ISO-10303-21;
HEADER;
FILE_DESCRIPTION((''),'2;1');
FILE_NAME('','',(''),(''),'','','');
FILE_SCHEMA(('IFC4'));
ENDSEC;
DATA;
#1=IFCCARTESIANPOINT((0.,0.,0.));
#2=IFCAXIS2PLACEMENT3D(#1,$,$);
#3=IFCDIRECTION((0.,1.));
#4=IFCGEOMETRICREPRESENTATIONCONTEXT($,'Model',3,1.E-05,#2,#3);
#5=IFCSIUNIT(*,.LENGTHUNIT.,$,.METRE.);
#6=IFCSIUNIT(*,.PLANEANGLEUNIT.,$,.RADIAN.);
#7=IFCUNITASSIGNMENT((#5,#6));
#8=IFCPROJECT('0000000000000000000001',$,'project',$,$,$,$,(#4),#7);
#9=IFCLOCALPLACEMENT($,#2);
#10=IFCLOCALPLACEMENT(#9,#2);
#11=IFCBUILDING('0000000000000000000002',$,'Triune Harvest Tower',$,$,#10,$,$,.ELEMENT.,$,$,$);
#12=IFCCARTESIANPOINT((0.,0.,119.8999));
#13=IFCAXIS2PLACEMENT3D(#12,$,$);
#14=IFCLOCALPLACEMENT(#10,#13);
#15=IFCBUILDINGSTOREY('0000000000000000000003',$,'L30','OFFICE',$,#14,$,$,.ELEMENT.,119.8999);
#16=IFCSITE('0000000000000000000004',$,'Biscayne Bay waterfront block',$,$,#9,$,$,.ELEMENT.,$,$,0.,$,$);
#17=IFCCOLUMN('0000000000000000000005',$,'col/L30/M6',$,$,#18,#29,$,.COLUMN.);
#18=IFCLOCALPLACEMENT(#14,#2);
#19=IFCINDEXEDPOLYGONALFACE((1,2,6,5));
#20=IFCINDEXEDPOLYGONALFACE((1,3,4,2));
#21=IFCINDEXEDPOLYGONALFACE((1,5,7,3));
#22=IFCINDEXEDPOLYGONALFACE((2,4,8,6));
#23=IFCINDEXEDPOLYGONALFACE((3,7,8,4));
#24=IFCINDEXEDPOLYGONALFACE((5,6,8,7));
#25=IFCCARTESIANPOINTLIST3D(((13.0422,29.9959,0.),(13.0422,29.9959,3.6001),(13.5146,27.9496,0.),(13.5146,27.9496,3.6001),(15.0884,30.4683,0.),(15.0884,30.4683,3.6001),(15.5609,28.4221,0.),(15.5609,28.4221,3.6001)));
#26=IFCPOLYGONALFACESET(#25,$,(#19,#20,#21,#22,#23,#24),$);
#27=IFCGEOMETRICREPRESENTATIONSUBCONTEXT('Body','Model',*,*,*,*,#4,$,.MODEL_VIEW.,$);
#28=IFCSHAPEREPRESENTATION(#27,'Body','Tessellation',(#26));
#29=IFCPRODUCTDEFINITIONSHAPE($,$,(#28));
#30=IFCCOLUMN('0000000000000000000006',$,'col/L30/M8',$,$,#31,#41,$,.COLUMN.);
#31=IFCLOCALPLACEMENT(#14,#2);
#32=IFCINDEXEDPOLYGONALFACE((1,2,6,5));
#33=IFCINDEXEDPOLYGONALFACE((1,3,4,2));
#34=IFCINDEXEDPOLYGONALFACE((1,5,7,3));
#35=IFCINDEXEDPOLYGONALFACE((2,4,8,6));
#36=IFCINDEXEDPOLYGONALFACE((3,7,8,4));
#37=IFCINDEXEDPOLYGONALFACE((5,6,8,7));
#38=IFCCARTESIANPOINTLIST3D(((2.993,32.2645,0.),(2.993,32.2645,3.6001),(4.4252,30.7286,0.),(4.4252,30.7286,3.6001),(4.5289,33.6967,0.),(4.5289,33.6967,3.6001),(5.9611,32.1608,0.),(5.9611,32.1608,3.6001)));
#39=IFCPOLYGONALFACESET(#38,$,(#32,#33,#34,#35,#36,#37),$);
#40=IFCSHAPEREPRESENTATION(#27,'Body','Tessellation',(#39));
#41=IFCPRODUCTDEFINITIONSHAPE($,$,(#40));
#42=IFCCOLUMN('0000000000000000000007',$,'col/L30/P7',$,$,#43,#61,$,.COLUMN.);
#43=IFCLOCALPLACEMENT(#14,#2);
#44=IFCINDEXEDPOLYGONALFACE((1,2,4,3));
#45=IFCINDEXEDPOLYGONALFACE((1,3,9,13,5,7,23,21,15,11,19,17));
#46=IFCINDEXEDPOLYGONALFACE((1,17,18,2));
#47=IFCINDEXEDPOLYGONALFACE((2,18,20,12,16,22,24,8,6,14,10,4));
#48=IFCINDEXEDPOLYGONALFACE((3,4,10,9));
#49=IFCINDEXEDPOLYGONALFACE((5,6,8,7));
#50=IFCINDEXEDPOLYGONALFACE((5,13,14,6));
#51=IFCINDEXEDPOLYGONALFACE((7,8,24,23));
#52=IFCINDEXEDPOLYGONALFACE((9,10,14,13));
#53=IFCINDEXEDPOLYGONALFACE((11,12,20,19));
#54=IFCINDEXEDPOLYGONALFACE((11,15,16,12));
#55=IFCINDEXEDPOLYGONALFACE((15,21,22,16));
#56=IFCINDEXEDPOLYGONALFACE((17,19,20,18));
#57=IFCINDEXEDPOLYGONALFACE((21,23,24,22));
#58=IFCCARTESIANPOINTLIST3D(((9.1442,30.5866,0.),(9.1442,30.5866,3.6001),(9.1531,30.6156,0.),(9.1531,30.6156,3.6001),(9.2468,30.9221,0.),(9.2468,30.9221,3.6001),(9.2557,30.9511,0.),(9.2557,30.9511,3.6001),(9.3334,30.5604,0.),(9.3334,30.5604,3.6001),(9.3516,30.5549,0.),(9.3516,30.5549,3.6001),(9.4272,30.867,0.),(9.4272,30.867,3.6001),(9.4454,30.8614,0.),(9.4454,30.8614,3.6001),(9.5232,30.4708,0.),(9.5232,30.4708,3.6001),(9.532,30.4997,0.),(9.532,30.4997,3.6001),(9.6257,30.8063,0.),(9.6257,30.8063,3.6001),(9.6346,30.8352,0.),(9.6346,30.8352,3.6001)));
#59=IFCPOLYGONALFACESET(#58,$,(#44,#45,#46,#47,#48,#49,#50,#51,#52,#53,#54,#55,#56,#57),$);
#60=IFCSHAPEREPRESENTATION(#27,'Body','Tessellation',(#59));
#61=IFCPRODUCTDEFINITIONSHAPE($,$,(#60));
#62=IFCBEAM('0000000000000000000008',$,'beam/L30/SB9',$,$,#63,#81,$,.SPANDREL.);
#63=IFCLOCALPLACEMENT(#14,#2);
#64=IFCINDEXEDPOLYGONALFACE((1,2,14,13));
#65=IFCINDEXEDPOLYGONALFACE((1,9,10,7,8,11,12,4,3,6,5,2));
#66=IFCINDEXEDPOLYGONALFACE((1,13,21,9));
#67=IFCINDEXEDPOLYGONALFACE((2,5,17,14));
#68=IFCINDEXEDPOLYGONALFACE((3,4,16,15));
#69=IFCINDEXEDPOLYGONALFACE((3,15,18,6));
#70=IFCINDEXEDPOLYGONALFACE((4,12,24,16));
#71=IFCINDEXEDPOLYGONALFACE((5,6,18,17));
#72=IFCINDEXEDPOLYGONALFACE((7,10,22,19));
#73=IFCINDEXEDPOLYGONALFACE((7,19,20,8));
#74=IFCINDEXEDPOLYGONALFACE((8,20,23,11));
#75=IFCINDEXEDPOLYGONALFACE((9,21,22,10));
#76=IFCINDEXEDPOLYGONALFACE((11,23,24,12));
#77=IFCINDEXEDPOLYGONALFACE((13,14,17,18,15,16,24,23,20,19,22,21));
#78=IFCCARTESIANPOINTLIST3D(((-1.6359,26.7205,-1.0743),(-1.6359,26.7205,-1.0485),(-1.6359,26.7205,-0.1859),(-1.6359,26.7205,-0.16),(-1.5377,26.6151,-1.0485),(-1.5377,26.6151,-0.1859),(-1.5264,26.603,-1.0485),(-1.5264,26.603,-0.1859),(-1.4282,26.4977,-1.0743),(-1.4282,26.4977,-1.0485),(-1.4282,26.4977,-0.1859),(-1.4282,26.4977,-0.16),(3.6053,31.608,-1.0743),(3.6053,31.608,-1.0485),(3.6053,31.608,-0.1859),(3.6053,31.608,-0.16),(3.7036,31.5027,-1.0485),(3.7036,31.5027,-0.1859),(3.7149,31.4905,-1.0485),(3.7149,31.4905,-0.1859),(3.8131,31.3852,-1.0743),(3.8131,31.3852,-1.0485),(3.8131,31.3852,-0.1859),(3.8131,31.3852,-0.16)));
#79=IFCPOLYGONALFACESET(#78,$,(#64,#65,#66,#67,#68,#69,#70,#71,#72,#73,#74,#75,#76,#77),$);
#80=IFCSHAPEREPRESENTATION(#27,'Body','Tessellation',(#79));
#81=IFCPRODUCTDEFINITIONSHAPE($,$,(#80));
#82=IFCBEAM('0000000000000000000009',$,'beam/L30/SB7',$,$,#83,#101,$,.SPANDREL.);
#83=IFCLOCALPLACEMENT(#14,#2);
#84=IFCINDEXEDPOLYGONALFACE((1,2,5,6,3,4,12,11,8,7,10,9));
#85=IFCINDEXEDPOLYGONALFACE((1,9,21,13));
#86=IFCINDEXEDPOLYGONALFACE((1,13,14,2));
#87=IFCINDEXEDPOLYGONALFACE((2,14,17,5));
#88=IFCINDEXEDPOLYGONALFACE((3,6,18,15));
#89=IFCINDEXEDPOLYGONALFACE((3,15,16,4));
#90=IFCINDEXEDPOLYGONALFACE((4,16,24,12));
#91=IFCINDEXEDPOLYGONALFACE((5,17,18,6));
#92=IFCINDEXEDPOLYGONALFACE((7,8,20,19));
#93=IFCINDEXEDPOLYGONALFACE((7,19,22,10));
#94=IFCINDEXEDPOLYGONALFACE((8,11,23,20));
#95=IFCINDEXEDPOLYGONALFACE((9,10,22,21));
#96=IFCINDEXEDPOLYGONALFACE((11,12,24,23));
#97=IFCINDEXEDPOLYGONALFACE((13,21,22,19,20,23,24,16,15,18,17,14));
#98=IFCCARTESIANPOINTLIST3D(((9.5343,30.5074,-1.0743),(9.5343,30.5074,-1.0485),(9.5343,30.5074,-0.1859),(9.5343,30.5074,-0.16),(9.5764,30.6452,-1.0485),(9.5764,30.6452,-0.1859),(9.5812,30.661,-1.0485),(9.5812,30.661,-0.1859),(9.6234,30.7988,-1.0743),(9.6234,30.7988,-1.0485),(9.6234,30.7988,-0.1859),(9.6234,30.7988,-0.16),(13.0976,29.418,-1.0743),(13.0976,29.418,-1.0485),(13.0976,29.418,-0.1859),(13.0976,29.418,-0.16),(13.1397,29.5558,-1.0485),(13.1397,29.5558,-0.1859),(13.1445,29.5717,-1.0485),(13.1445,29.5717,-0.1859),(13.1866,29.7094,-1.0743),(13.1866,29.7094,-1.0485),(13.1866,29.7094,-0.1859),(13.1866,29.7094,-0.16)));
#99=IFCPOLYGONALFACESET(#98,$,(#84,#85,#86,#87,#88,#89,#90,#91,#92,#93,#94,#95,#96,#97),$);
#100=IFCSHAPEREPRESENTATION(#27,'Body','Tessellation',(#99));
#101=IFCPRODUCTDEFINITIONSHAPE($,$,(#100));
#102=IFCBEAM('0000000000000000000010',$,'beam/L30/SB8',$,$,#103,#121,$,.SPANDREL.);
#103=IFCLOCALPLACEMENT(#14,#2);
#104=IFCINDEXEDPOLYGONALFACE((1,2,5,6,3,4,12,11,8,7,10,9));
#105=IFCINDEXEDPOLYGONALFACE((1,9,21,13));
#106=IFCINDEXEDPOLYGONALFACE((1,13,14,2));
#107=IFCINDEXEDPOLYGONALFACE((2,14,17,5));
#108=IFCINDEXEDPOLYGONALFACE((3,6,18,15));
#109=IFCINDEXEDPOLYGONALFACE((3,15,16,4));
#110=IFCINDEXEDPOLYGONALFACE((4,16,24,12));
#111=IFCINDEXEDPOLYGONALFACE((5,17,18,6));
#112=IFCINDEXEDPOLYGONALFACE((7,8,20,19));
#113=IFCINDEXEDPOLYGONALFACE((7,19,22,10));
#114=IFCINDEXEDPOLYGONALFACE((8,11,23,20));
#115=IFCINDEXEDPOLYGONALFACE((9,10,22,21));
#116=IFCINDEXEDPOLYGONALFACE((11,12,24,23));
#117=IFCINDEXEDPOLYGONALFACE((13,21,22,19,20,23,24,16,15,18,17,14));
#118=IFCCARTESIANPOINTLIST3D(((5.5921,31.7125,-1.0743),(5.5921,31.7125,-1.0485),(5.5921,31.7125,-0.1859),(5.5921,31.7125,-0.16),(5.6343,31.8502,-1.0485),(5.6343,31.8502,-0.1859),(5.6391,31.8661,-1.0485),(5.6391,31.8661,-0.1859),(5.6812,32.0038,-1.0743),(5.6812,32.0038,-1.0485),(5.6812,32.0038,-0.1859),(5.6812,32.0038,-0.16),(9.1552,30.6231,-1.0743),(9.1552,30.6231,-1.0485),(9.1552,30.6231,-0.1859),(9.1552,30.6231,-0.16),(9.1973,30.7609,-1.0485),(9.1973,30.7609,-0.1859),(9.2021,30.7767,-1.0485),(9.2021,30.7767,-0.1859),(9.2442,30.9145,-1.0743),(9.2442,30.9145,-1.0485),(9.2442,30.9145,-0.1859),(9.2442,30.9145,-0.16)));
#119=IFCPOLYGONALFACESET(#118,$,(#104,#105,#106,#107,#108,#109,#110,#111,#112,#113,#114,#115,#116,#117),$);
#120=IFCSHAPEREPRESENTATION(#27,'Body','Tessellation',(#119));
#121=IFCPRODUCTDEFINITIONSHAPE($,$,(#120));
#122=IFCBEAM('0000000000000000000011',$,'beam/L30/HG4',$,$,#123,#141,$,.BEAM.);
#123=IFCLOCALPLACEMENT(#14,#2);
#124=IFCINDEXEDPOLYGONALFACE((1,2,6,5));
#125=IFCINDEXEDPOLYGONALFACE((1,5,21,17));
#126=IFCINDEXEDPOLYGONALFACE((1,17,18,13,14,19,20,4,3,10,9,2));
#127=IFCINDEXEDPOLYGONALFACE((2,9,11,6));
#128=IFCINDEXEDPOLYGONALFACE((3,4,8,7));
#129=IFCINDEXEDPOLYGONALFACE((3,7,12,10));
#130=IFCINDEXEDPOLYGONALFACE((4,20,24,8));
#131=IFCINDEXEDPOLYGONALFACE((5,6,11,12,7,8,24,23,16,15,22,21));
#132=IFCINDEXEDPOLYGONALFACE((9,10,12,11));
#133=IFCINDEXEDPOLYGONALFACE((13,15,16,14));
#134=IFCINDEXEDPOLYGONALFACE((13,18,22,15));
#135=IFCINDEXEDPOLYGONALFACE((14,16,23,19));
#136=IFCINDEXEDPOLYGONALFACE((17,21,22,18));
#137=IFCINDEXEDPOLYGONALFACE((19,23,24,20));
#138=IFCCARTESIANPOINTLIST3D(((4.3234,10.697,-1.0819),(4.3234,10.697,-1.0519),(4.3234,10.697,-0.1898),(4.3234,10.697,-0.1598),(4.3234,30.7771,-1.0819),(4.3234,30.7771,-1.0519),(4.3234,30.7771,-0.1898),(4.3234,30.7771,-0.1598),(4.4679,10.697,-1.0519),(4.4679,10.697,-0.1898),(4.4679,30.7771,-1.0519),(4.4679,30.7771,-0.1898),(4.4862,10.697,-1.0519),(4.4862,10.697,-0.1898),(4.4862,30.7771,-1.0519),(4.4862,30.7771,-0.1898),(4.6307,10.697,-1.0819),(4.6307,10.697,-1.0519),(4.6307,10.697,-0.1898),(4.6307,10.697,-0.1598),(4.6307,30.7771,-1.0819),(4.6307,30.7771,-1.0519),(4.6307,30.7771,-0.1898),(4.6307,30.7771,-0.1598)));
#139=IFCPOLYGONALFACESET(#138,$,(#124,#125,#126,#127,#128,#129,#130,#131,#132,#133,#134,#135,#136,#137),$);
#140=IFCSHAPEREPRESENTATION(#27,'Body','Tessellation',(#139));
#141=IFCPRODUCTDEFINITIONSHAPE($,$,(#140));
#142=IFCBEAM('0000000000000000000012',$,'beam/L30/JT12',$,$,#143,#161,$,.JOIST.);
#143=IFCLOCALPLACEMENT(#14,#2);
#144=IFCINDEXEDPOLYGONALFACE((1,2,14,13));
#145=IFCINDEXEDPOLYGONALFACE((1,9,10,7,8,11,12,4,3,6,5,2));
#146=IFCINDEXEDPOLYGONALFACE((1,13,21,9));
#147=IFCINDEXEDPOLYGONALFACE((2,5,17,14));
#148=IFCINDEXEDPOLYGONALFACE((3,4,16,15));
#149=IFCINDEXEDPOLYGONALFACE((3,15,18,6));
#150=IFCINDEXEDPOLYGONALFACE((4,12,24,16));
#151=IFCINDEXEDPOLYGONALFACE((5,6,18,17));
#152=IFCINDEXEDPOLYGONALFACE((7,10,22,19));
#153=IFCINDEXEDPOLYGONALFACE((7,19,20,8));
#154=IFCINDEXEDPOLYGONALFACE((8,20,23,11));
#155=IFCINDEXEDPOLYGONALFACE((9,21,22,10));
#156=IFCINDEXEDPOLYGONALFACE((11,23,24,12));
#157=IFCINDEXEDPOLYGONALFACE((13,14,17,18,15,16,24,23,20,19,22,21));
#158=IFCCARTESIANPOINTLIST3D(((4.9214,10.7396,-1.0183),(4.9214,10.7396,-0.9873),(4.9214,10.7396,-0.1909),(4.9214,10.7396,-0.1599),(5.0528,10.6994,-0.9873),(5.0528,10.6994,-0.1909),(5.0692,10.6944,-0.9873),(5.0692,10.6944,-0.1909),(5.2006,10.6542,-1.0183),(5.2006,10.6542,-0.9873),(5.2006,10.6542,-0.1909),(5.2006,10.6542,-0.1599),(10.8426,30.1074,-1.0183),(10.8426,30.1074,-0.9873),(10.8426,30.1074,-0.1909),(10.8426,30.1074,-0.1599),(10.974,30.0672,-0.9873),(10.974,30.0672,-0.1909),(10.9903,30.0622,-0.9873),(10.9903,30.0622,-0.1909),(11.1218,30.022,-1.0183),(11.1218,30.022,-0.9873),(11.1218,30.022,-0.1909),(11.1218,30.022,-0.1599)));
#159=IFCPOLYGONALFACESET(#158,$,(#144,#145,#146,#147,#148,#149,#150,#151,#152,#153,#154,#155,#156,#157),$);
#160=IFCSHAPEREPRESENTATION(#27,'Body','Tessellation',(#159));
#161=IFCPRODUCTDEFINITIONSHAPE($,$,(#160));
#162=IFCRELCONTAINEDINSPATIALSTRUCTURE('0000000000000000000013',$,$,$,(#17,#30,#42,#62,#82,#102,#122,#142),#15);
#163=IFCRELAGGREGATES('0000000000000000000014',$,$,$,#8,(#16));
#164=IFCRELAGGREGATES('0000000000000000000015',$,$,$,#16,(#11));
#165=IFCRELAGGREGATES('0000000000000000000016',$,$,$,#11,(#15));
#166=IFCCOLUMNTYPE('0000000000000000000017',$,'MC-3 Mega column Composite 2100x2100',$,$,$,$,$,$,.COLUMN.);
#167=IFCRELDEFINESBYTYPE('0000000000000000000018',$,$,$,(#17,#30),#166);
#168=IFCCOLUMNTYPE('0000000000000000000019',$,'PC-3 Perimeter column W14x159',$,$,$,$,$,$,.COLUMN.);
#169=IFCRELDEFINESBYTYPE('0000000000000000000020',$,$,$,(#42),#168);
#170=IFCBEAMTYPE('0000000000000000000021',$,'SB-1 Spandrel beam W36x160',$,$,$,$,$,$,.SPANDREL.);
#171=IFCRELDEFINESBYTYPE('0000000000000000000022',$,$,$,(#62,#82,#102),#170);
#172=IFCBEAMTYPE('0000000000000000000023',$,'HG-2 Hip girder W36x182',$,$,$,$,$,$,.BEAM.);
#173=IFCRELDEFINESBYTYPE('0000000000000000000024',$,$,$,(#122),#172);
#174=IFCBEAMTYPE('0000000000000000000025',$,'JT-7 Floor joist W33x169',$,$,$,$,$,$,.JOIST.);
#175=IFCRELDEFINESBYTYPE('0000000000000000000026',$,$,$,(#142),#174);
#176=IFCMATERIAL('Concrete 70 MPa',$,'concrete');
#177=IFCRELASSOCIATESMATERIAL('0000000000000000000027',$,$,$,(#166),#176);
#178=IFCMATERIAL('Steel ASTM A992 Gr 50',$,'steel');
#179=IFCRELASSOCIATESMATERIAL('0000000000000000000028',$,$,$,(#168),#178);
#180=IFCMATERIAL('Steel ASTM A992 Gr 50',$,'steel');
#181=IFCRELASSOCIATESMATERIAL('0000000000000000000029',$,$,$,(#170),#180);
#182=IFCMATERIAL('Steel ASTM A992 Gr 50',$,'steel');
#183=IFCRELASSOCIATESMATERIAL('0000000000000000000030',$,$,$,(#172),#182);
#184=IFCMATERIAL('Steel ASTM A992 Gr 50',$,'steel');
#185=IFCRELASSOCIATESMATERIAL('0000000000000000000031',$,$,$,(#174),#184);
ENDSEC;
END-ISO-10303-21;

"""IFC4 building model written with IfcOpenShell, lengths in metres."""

from ifc_helpers import new_model, si_unit, direction, frame, origin, origin_2d, place, context, subcontext, project, spatial, rectangle, i_section, extrude, source, transform, mapped, material, material_profile, profile_set, type_object, element, save


model = new_model("IFC4")

# Units and contexts
model_context = context("Model", 3, precision=1e-05, world=origin(), true_north=direction((0.0, 1.0)))
body_context = subcontext(model_context, "Body", "Model", "MODEL_VIEW")
ifc_project = project(units=[si_unit("LENGTHUNIT", "METRE"), si_unit("PLANEANGLEUNIT", "RADIAN")], contexts=[model_context])

# Site, building, storey
site_placement = place(None, origin())
site = spatial("IfcSite", under=ifc_project, at=site_placement, Name="Biscayne Bay waterfront block", CompositionType="ELEMENT", RefElevation=0.0)
building_placement = place(site_placement, origin())
building = spatial("IfcBuilding", under=site, at=building_placement, Name="Triune Harvest Tower", CompositionType="ELEMENT")
storey_placement = place(building_placement, frame((0.0, 0.0, 119.8999)))
storey = spatial("IfcBuildingStorey", under=building, at=storey_placement, Name="L30", Description="OFFICE", CompositionType="ELEMENT", Elevation=119.8999)

# Columns
ifc_material_1 = material(Name="Concrete 70 MPa", Category="concrete")
ifc_material_profile_1 = material_profile(ifc_material_1, rectangle(XDim=2.1001, YDim=2.1001, at=origin_2d()), Name="Composite 2100x2100")
ifc_profile_set_1 = profile_set([ifc_material_profile_1], Name="Concrete 70 MPa")
column_type_1 = type_object("IfcColumnType", Name="MC-3 Mega column Composite 2100x2100", PredefinedType="COLUMN", material=ifc_profile_set_1)
shared_shape_1 = source(origin(), body_context, "Body", "SweptSolid", [
    extrude(rectangle(XDim=2.1001, YDim=2.1001, at=origin_2d()), origin(), (0.0, 0.0, 1.0), 3.6001),
])
for number, where, z_axis, x_axis, name in (
    (1, (14.3015, 29.209, 0.0), (0.0, 0.0, 1.0), (-0.224953, 0.97437, 0.0), "col/L30/M6"),
    (2, (4.4771, 32.2126, 0.0), (0.0, 0.0, 1.0), (-0.731355, -0.681997, 0.0), "col/L30/M8"),
):
    element("IfcColumn", number, at=place(storey_placement, frame(where, z_axis=z_axis, x_axis=x_axis)), inside=storey, type_object=column_type_1, Name=name, PredefinedType="COLUMN", context=body_context, shape_type="MappedRepresentation", body=[
        mapped(shared_shape_1, transform((0.0, 0.0, 0.0), scale=1.0)),
    ])
ifc_material_2 = material(Name="Steel ASTM A992 Gr 50", Category="steel")
ifc_material_profile_2 = material_profile(ifc_material_2, i_section(OverallWidth=0.3962, OverallDepth=0.3811, WebThickness=0.019, FlangeThickness=0.0303, at=origin_2d()), Name="W14x159")
ifc_profile_set_2 = profile_set([ifc_material_profile_2], Name="Steel ASTM A992 Gr 50")
column_type_2 = type_object("IfcColumnType", Name="PC-3 Perimeter column W14x159", PredefinedType="COLUMN", material=ifc_profile_set_2)
shared_shape_2 = source(origin(), body_context, "Body", "SweptSolid", [
    extrude(i_section(OverallWidth=0.3962, OverallDepth=0.3811, WebThickness=0.019, FlangeThickness=0.0303, at=origin_2d()), origin(), (0.0, 0.0, 1.0), 3.6001),
])
column_placement = place(storey_placement, frame((9.3894, 30.7109, 0.0), z_axis=(0.0, 0.0, 1.0), x_axis=(-0.956305, 0.292372, 0.0)))
element("IfcColumn", 3, at=column_placement, inside=storey, type_object=column_type_2, Name="col/L30/P7", PredefinedType="COLUMN", context=body_context, shape_type="MappedRepresentation", body=[
    mapped(shared_shape_2, transform((0.0, 0.0, 0.0), scale=1.0)),
])

# Beams
ifc_material_3 = material(Name="Steel ASTM A992 Gr 50", Category="steel")
ifc_material_profile_3 = material_profile(ifc_material_3, i_section(OverallWidth=0.3047, OverallDepth=0.9143, WebThickness=0.0166, FlangeThickness=0.0259, at=origin_2d()), Name="W36x160")
ifc_profile_set_3 = profile_set([ifc_material_profile_3], Name="Steel ASTM A992 Gr 50")
beam_type_1 = type_object("IfcBeamType", Name="SB-1 Spandrel beam W36x160", PredefinedType="SPANDREL", material=ifc_profile_set_3)
shared_shape_3 = source(origin(), body_context, "Body", "SweptSolid", [
    extrude(i_section(OverallWidth=0.3047, OverallDepth=0.9143, WebThickness=0.0166, FlangeThickness=0.0259, at=origin_2d()), origin(), (0.0, 0.0, 1.0), 7.1665),
])
beam_1_placement = place(storey_placement, frame((3.7092, 31.4966, -0.6172), z_axis=(-0.731358, -0.681994, 0.0), x_axis=(0.681994, -0.731358, 0.0)))
element("IfcBeam", 4, at=beam_1_placement, inside=storey, type_object=beam_type_1, Name="beam/L30/SB9", PredefinedType="SPANDREL", context=body_context, shape_type="MappedRepresentation", body=[
    mapped(shared_shape_3, transform((0.0, 0.0, 0.0), scale=1.0)),
])
shared_shape_4 = source(origin(), body_context, "Body", "SweptSolid", [
    extrude(i_section(OverallWidth=0.3047, OverallDepth=0.9143, WebThickness=0.0166, FlangeThickness=0.0259, at=origin_2d()), origin(), (0.0, 0.0, 1.0), 3.7261),
])
beam_2_placement = place(storey_placement, frame((13.1421, 29.5637, -0.6172), z_axis=(-0.956307, 0.292363, 0.0), x_axis=(-0.292363, -0.956307, 0.0)))
element("IfcBeam", 5, at=beam_2_placement, inside=storey, type_object=beam_type_1, Name="beam/L30/SB7", PredefinedType="SPANDREL", context=body_context, shape_type="MappedRepresentation", body=[
    mapped(shared_shape_4, transform((0.0, 0.0, 0.0), scale=1.0)),
])
shared_shape_5 = source(origin(), body_context, "Body", "SweptSolid", [
    extrude(i_section(OverallWidth=0.3047, OverallDepth=0.9143, WebThickness=0.0166, FlangeThickness=0.0259, at=origin_2d()), origin(), (0.0, 0.0, 1.0), 3.7258),
])
beam_3_placement = place(storey_placement, frame((9.1997, 30.7688, -0.6172), z_axis=(-0.956302, 0.292382, 0.0), x_axis=(-0.292382, -0.956302, 0.0)))
element("IfcBeam", 6, at=beam_3_placement, inside=storey, type_object=beam_type_1, Name="beam/L30/SB8", PredefinedType="SPANDREL", context=body_context, shape_type="MappedRepresentation", body=[
    mapped(shared_shape_5, transform((0.0, 0.0, 0.0), scale=1.0)),
])
ifc_material_4 = material(Name="Steel ASTM A992 Gr 50", Category="steel")
ifc_material_profile_4 = material_profile(ifc_material_4, i_section(OverallWidth=0.3074, OverallDepth=0.9221, WebThickness=0.0183, FlangeThickness=0.03, at=origin_2d()), Name="W36x182")
ifc_profile_set_4 = profile_set([ifc_material_profile_4], Name="Steel ASTM A992 Gr 50")
beam_type_2 = type_object("IfcBeamType", Name="HG-2 Hip girder W36x182", PredefinedType="BEAM", material=ifc_profile_set_4)
shared_shape_6 = source(origin(), body_context, "Body", "SweptSolid", [
    extrude(i_section(OverallWidth=0.3074, OverallDepth=0.9221, WebThickness=0.0183, FlangeThickness=0.03, at=origin_2d()), origin(), (0.0, 0.0, 1.0), 20.0801),
])
beam_4_placement = place(storey_placement, frame((4.4771, 30.7771, -0.6208), z_axis=(0.0, -1.0, 0.0), x_axis=(1.0, 0.0, 0.0)))
element("IfcBeam", 7, at=beam_4_placement, inside=storey, type_object=beam_type_2, Name="beam/L30/HG4", PredefinedType="BEAM", context=body_context, shape_type="MappedRepresentation", body=[
    mapped(shared_shape_6, transform((0.0, 0.0, 0.0), scale=1.0)),
])
ifc_material_5 = material(Name="Steel ASTM A992 Gr 50", Category="steel")
ifc_material_profile_5 = material_profile(ifc_material_5, i_section(OverallWidth=0.292, OverallDepth=0.8584, WebThickness=0.0171, FlangeThickness=0.031, at=origin_2d()), Name="W33x169")
ifc_profile_set_5 = profile_set([ifc_material_profile_5], Name="Steel ASTM A992 Gr 50")
beam_type_3 = type_object("IfcBeamType", Name="JT-7 Floor joist W33x169", PredefinedType="JOIST", material=ifc_profile_set_5)
shared_shape_7 = source(origin(), body_context, "Body", "SweptSolid", [
    extrude(i_section(OverallWidth=0.292, OverallDepth=0.8584, WebThickness=0.0171, FlangeThickness=0.031, at=origin_2d()), origin(), (0.0, 0.0, 1.0), 20.2527),
])
beam_5_placement = place(storey_placement, frame((10.9822, 30.0647, -0.5891), z_axis=(-0.292365, -0.956307, 0.0), x_axis=(0.956307, -0.292365, 0.0)))
element("IfcBeam", 8, at=beam_5_placement, inside=storey, type_object=beam_type_3, Name="beam/L30/JT12", PredefinedType="JOIST", context=body_context, shape_type="MappedRepresentation", body=[
    mapped(shared_shape_7, transform((0.0, 0.0, 0.0), scale=1.0)),
])

save(model, "model.ifc")
